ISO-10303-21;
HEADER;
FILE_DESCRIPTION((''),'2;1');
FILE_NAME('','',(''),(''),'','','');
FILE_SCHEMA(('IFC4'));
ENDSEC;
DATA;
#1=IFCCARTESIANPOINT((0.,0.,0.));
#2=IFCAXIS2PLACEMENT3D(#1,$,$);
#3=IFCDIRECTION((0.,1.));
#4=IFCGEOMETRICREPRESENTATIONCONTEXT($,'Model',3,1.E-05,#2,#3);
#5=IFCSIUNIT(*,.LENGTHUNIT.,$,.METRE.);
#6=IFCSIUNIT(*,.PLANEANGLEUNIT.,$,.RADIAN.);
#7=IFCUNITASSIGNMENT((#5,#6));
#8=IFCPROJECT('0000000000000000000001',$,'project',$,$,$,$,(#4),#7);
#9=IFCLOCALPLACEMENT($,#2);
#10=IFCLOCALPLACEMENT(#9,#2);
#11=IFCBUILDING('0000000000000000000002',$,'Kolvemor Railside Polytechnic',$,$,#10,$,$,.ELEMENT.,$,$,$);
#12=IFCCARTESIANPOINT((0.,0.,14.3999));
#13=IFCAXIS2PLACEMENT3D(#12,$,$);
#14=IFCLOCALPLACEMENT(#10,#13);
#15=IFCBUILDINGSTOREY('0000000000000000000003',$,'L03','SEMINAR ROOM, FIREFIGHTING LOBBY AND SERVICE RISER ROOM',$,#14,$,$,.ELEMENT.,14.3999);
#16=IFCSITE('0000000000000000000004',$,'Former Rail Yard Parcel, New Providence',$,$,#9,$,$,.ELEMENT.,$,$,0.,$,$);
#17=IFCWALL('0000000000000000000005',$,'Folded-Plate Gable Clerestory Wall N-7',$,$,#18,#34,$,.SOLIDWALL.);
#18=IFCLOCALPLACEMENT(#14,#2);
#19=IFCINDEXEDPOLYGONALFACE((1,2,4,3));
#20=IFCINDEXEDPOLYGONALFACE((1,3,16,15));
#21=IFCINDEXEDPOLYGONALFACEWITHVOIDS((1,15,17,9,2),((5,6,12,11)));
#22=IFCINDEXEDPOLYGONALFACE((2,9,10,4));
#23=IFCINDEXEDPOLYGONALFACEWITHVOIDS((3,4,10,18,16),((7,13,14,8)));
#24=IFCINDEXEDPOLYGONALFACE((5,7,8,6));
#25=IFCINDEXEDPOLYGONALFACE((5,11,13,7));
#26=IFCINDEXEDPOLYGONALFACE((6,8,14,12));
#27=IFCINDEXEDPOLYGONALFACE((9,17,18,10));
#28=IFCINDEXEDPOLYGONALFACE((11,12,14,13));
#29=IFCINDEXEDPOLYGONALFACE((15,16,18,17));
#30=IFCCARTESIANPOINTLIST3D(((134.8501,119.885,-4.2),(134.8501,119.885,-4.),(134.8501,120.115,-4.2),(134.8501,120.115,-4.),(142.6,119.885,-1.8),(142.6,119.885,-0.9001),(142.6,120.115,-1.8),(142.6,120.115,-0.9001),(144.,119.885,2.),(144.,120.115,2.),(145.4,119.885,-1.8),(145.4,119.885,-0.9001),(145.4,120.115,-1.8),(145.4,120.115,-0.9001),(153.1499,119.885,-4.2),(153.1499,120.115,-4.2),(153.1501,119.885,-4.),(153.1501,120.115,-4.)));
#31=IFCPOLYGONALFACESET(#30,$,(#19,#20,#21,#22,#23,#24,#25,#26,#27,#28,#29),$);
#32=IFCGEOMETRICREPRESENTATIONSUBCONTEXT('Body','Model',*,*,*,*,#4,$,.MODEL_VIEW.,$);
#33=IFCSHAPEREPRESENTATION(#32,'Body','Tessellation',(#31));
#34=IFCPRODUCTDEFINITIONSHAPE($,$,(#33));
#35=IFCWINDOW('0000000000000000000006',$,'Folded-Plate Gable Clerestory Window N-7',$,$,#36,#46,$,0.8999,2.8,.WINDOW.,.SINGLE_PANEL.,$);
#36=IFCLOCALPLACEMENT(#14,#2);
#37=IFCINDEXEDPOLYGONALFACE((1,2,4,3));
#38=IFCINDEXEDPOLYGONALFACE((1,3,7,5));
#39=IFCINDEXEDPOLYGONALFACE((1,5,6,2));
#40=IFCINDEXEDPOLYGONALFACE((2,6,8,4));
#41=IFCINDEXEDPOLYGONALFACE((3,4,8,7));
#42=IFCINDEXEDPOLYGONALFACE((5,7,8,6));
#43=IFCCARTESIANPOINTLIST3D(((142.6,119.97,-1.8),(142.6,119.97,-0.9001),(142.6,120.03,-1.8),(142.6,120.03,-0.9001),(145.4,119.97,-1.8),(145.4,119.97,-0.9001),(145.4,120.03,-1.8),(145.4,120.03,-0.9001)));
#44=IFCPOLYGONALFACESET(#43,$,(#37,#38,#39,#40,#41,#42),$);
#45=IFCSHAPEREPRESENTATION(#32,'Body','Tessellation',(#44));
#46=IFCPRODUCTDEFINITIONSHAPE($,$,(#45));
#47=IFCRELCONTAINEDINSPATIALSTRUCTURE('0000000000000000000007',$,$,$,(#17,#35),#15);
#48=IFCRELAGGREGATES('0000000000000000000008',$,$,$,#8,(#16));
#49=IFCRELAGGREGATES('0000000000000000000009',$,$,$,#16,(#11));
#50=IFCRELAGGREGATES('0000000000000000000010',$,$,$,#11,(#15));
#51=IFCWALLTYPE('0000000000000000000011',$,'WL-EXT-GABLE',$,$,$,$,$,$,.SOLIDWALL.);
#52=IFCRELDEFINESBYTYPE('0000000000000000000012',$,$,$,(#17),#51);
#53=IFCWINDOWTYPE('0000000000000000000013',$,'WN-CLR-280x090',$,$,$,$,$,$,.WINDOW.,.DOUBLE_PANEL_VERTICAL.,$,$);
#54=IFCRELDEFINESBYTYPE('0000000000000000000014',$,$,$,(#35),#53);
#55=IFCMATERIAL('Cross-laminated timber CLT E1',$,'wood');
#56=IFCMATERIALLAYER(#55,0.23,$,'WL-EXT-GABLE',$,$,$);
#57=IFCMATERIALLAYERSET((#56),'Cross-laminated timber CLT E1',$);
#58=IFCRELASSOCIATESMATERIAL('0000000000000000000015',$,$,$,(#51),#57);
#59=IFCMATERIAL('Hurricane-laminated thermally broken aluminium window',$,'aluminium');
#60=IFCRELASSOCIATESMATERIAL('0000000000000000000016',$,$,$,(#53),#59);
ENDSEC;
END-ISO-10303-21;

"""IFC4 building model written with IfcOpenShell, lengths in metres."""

from ifc_helpers import new_model, si_unit, direction, frame, frame_2d, origin, place, context, subcontext, project, spatial, polyline, rectangle, outline, extrude, material, layer, layer_set, type_object, element, fill, save


model = new_model("IFC4")

# Units and contexts
model_context = context("Model", 3, precision=1e-05, world=origin(), true_north=direction((0.0, 1.0)))
body_context = subcontext(model_context, "Body", "Model", "MODEL_VIEW")
ifc_project = project(units=[si_unit("LENGTHUNIT", "METRE"), si_unit("PLANEANGLEUNIT", "RADIAN")], contexts=[model_context])

# Site, building, storey
site_placement = place(None, origin())
site = spatial("IfcSite", under=ifc_project, at=site_placement, Name="Former Rail Yard Parcel, New Providence", CompositionType="ELEMENT", RefElevation=0.0)
building_placement = place(site_placement, origin())
building = spatial("IfcBuilding", under=site, at=building_placement, Name="Kolvemor Railside Polytechnic", CompositionType="ELEMENT")
storey_placement = place(building_placement, frame((0.0, 0.0, 14.3999)))
storey = spatial("IfcBuildingStorey", under=building, at=storey_placement, Name="L03", Description="SEMINAR ROOM, FIREFIGHTING LOBBY AND SERVICE RISER ROOM", CompositionType="ELEMENT", Elevation=14.3999)

# Wall, opening, window
ifc_material_1 = material(Name="Cross-laminated timber CLT E1", Category="wood")
ifc_layer_1 = layer(ifc_material_1, 0.23, Name="WL-EXT-GABLE")
ifc_layer_set_1 = layer_set([ifc_layer_1], Name="Cross-laminated timber CLT E1")
wall_type = type_object("IfcWallType", Name="WL-EXT-GABLE", PredefinedType="SOLIDWALL", material=ifc_layer_set_1)
wall_placement = place(storey_placement, frame((134.8501, 120.0, -4.2), z_axis=(0.0, 0.0, 1.0), x_axis=(1.0, 0.0, 0.0)))
wall = element("IfcWall", 1, at=wall_placement, inside=storey, type_object=wall_type, Name="Folded-Plate Gable Clerestory Wall N-7", PredefinedType="SOLIDWALL", context=body_context, shape_type="SweptSolid", body=[
    extrude(outline(polyline([(0.0, 0.0), (18.2998, 0.0), (18.3, 0.2), (9.1499, 6.2), (0.0, 0.2), (0.0, 0.0)])), frame((0.0, 0.115, 0.0), z_axis=(0.0, -1.0, 0.0), x_axis=(1.0, 0.0, 0.0)), (0.0, 0.0, 1.0), 0.23),
])
opening_placement = place(wall_placement, frame((7.75, 0.0, 2.3999)))
opening = element("IfcOpeningElement", 2, at=opening_placement, cuts=wall, PredefinedType="OPENING", context=body_context, shape_type="SweptSolid", body=[
    extrude(rectangle(XDim=2.8, YDim=0.8999, at=frame_2d((1.3999, 0.45))), frame((0.0, 0.125, 0.0), z_axis=(0.0, -1.0, 0.0), x_axis=(1.0, 0.0, 0.0)), (0.0, 0.0, 1.0), 0.25),
])
ifc_material_2 = material(Name="Hurricane-laminated thermally broken aluminium window", Category="aluminium")
window_type = type_object("IfcWindowType", Name="WN-CLR-280x090", PartitioningType="DOUBLE_PANEL_VERTICAL", PredefinedType="WINDOW", material=ifc_material_2)
window_placement = place(opening_placement, origin())
window = element("IfcWindow", 3, at=window_placement, inside=storey, type_object=window_type, Name="Folded-Plate Gable Clerestory Window N-7", OverallHeight=0.8999, OverallWidth=2.8, PartitioningType="SINGLE_PANEL", PredefinedType="WINDOW", context=body_context, shape_type="SweptSolid", body=[
    extrude(rectangle(XDim=2.8, YDim=0.8999, at=frame_2d((1.3999, 0.45))), frame((0.0, 0.03, 0.0), z_axis=(0.0, -1.0, 0.0), x_axis=(1.0, 0.0, 0.0)), (0.0, 0.0, 1.0), 0.0601),
])
fill(opening, window)

save(model, "model.ifc")
